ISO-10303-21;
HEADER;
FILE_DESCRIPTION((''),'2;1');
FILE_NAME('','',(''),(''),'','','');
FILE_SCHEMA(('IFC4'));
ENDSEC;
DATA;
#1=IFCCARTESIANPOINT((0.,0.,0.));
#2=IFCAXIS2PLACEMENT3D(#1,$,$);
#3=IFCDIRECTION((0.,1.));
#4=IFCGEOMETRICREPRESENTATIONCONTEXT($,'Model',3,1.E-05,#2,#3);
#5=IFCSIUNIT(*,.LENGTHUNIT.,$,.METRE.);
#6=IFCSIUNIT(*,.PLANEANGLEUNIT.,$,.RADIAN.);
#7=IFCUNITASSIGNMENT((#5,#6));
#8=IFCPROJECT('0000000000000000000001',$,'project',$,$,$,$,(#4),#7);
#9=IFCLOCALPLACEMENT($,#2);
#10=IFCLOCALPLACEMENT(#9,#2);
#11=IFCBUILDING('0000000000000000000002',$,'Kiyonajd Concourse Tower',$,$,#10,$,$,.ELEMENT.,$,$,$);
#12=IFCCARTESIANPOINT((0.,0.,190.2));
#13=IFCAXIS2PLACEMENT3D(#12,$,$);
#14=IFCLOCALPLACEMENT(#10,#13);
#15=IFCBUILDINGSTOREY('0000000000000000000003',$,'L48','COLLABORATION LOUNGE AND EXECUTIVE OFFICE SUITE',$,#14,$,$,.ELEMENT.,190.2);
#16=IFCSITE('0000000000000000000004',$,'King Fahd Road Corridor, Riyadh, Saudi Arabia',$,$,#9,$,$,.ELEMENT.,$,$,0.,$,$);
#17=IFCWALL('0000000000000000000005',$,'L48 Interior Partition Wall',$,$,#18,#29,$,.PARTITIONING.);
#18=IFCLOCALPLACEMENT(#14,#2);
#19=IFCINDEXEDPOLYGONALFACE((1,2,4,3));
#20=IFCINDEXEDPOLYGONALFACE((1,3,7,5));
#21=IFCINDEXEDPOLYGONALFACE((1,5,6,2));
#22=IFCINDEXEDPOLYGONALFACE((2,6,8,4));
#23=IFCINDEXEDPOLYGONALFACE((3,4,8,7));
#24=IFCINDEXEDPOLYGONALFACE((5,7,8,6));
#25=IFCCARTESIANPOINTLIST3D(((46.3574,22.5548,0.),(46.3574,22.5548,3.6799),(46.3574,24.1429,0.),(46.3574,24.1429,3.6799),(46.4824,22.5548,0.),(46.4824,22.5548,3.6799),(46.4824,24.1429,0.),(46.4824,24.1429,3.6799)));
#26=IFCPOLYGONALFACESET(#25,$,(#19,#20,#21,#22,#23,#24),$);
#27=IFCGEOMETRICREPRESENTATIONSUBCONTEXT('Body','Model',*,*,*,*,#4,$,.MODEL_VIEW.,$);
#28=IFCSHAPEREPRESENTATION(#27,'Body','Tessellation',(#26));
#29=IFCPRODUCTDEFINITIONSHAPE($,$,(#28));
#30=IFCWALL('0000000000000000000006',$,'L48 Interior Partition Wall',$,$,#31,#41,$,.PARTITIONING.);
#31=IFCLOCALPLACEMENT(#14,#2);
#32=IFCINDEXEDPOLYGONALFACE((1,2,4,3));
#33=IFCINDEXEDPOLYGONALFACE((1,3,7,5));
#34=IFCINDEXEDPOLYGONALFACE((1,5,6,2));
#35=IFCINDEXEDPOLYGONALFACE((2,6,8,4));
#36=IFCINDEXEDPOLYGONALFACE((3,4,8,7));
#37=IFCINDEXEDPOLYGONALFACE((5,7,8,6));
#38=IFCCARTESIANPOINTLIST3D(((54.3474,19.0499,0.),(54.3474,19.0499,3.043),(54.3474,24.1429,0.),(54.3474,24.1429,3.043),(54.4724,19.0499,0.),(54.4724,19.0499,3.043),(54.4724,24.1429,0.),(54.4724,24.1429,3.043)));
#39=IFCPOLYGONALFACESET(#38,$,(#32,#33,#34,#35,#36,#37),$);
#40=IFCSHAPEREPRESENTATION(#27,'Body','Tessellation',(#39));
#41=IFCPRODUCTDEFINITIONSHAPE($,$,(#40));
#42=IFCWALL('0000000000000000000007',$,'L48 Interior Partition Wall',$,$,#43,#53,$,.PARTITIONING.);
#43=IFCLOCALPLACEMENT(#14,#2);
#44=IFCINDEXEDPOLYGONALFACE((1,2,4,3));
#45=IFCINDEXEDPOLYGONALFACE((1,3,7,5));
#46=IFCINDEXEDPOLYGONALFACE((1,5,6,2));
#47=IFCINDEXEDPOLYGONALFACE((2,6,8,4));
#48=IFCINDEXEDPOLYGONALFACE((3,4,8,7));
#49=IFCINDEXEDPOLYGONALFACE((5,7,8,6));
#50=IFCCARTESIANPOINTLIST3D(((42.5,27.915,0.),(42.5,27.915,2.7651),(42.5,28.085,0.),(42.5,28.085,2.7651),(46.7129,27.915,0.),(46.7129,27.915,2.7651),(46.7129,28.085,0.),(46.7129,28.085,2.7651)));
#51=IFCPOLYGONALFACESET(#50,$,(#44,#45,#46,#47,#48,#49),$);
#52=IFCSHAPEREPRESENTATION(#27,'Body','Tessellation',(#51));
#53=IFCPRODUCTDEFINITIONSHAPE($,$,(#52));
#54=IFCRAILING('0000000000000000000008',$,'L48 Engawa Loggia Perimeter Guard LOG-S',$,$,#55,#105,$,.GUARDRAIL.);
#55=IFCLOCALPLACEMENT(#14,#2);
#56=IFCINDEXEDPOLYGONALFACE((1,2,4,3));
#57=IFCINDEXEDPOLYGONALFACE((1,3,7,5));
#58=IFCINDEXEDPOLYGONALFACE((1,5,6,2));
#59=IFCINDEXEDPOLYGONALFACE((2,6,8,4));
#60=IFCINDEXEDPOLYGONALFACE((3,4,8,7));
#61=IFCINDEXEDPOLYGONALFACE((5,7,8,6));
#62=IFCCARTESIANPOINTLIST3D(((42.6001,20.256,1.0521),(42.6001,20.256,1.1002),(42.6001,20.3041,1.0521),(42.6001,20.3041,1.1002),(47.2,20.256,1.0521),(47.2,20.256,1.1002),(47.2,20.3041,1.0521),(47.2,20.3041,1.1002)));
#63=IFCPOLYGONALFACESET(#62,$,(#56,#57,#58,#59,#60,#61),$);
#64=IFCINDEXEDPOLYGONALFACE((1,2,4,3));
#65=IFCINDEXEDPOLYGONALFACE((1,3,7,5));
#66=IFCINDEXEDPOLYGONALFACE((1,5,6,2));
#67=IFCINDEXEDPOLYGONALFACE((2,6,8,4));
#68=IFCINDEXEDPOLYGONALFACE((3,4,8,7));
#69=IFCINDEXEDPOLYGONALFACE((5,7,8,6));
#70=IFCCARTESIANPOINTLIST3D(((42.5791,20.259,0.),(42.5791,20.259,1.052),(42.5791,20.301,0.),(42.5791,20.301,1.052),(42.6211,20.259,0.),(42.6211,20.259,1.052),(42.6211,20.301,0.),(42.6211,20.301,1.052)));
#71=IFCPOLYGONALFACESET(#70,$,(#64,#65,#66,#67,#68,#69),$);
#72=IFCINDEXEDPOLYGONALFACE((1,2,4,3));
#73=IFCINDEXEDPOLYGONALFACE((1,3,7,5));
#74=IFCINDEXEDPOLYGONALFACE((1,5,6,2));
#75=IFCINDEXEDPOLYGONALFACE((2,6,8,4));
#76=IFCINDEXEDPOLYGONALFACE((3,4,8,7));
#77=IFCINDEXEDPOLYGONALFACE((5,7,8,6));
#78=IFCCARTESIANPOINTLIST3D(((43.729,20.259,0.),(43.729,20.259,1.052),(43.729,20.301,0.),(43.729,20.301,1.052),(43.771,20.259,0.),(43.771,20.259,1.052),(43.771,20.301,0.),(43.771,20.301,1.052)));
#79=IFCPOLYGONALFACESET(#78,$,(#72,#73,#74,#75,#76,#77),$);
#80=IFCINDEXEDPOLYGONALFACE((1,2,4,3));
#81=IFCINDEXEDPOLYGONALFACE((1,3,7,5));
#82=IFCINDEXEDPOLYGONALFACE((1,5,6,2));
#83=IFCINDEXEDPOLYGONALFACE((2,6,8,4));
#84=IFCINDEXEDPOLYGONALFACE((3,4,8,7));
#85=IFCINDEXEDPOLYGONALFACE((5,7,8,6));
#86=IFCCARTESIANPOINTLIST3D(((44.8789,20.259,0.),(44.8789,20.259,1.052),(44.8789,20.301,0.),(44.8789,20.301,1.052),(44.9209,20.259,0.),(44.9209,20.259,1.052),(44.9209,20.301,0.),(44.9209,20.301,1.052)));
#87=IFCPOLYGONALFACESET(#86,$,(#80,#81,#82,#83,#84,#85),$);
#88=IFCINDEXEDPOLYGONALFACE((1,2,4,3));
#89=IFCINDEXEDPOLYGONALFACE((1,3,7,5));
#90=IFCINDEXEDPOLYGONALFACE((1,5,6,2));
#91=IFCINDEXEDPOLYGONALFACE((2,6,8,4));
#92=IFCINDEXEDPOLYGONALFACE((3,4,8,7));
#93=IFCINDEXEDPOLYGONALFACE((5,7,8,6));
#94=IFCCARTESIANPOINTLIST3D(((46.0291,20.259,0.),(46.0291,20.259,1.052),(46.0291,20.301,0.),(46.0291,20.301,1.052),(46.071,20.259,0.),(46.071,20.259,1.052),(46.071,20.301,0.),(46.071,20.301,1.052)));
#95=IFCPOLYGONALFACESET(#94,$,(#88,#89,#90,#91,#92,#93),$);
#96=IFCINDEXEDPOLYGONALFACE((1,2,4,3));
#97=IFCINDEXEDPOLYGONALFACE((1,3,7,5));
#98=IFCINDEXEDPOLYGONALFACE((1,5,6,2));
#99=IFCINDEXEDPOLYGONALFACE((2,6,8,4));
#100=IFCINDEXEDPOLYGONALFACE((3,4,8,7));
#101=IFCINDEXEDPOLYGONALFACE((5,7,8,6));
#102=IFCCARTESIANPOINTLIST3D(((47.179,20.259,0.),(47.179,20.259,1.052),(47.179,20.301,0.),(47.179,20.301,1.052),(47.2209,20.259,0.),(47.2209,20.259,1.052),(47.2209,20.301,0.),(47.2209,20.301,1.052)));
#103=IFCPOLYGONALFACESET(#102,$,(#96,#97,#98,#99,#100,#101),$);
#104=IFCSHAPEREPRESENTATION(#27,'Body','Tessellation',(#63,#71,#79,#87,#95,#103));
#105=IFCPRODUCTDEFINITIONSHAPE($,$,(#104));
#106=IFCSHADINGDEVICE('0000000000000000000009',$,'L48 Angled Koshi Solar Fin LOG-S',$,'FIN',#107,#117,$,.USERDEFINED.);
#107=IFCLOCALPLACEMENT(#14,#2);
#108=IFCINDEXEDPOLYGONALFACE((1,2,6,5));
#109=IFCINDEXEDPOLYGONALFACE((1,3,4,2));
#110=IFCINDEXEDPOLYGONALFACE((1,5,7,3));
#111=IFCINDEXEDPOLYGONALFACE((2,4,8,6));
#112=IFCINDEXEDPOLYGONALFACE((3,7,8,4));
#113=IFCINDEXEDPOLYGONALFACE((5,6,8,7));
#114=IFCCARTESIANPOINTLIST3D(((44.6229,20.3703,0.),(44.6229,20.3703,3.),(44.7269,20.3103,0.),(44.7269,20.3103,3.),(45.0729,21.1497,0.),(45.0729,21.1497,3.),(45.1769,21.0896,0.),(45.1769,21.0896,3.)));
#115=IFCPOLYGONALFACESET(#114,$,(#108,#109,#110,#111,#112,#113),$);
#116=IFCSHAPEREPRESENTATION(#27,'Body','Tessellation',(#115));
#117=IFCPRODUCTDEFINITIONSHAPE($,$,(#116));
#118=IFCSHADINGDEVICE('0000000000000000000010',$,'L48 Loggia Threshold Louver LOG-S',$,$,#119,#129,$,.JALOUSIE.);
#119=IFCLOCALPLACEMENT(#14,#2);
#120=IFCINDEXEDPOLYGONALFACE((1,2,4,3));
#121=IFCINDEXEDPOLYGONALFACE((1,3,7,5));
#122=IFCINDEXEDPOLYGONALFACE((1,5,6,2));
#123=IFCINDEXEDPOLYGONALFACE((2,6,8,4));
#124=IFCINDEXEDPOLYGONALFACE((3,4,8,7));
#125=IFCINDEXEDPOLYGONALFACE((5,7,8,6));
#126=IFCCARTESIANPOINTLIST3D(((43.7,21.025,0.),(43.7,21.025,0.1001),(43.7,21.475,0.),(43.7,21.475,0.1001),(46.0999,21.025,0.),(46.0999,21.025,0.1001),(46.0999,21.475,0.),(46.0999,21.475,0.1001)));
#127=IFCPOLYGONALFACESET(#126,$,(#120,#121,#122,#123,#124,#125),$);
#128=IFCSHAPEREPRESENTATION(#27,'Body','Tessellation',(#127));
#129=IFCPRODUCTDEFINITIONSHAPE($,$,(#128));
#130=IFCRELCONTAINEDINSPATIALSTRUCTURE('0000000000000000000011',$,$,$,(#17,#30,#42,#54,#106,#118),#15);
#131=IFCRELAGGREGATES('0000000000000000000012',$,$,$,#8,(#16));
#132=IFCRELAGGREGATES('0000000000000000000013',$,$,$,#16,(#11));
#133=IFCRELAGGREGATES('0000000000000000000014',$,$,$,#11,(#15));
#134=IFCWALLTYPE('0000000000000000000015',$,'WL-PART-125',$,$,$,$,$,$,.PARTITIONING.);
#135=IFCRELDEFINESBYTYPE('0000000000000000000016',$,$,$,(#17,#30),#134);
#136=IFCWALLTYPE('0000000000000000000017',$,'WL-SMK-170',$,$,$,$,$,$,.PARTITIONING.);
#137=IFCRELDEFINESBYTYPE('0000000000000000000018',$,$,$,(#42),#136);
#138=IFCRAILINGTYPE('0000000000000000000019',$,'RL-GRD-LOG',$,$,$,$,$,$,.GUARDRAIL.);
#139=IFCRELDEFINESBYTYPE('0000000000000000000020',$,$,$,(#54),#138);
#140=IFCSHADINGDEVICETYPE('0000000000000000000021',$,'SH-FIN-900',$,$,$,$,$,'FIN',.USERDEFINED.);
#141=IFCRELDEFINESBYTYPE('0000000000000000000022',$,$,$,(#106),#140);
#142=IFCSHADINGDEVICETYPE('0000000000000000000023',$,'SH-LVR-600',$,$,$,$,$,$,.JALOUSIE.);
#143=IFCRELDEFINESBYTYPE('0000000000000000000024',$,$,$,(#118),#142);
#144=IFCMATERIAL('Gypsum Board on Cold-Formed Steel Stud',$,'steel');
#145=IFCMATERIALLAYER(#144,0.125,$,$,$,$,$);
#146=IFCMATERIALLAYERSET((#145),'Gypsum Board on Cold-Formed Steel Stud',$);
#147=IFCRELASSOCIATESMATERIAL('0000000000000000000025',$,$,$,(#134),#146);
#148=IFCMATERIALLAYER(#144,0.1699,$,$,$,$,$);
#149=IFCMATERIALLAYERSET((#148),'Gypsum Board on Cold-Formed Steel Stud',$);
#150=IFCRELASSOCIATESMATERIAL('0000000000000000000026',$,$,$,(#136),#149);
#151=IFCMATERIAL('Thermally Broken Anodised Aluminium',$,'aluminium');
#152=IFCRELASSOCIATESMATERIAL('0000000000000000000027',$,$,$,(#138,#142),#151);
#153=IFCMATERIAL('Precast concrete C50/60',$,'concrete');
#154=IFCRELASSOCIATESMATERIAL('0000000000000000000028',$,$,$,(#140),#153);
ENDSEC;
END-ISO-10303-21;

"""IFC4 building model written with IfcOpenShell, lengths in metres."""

from ifc_helpers import new_model, si_unit, direction, frame, frame_2d, origin, origin_2d, place, context, subcontext, project, spatial, rectangle, extrude, material, layer, layer_set, type_object, element, save


model = new_model("IFC4")

# Units and contexts
model_context = context("Model", 3, precision=1e-05, world=origin(), true_north=direction((0.0, 1.0)))
body_context = subcontext(model_context, "Body", "Model", "MODEL_VIEW")
ifc_project = project(units=[si_unit("LENGTHUNIT", "METRE"), si_unit("PLANEANGLEUNIT", "RADIAN")], contexts=[model_context])

# Site, building, storey
site_placement = place(None, origin())
site = spatial("IfcSite", under=ifc_project, at=site_placement, Name="King Fahd Road Corridor, Riyadh, Saudi Arabia", CompositionType="ELEMENT", RefElevation=0.0)
building_placement = place(site_placement, origin())
building = spatial("IfcBuilding", under=site, at=building_placement, Name="Kiyonajd Concourse Tower", CompositionType="ELEMENT")
storey_placement = place(building_placement, frame((0.0, 0.0, 190.2)))
storey = spatial("IfcBuildingStorey", under=building, at=storey_placement, Name="L48", Description="COLLABORATION LOUNGE AND EXECUTIVE OFFICE SUITE", CompositionType="ELEMENT", Elevation=190.2)

# Shared definitions
ifc_material_1 = material(Name="Thermally Broken Anodised Aluminium", Category="aluminium")

# Shared definitions
ifc_material_2 = material(Name="Precast concrete C50/60", Category="concrete")

# Walls
ifc_material_3 = material(Name="Gypsum Board on Cold-Formed Steel Stud", Category="steel")
ifc_layer_1 = layer(ifc_material_3, 0.125)
ifc_layer_set_1 = layer_set([ifc_layer_1], Name="Gypsum Board on Cold-Formed Steel Stud")
wall_type_1 = type_object("IfcWallType", Name="WL-PART-125", PredefinedType="PARTITIONING", material=ifc_layer_set_1)
wall_1_placement = place(storey_placement, frame((46.4199, 22.5549, 0.0), z_axis=(0.0, 0.0, 1.0), x_axis=(0.0, 1.0, 0.0)))
element("IfcWall", 1, at=wall_1_placement, inside=storey, type_object=wall_type_1, Name="L48 Interior Partition Wall", PredefinedType="PARTITIONING", context=body_context, shape_type="SweptSolid", body=[
    extrude(rectangle(XDim=1.5881, YDim=0.125, at=frame_2d((0.7939, 0.0))), origin(), (0.0, 0.0, 1.0), 3.6799),
])
wall_2_placement = place(storey_placement, frame((54.4099, 19.05, 0.0), z_axis=(0.0, 0.0, 1.0), x_axis=(0.0, 1.0, 0.0)))
element("IfcWall", 2, at=wall_2_placement, inside=storey, type_object=wall_type_1, Name="L48 Interior Partition Wall", PredefinedType="PARTITIONING", context=body_context, shape_type="SweptSolid", body=[
    extrude(rectangle(XDim=5.093, YDim=0.125, at=frame_2d((2.5464, 0.0))), origin(), (0.0, 0.0, 1.0), 3.043),
])
ifc_layer_2 = layer(ifc_material_3, 0.1699)
ifc_layer_set_2 = layer_set([ifc_layer_2], Name="Gypsum Board on Cold-Formed Steel Stud")
wall_type_2 = type_object("IfcWallType", Name="WL-SMK-170", PredefinedType="PARTITIONING", material=ifc_layer_set_2)
wall_3_placement = place(storey_placement, frame((42.5, 28.0, 0.0), z_axis=(0.0, 0.0, 1.0), x_axis=(1.0, 0.0, 0.0)))
element("IfcWall", 3, at=wall_3_placement, inside=storey, type_object=wall_type_2, Name="L48 Interior Partition Wall", PredefinedType="PARTITIONING", context=body_context, shape_type="SweptSolid", body=[
    extrude(rectangle(XDim=4.2129, YDim=0.1699, at=frame_2d((2.1064, 0.0))), origin(), (0.0, 0.0, 1.0), 2.7651),
])

# Railing
railing_type = type_object("IfcRailingType", Name="RL-GRD-LOG", PredefinedType="GUARDRAIL", material=ifc_material_1)
railing_placement = place(storey_placement, frame((42.6001, 20.28, 0.0)))
element("IfcRailing", 4, at=railing_placement, inside=storey, type_object=railing_type, Name="L48 Engawa Loggia Perimeter Guard LOG-S", PredefinedType="GUARDRAIL", context=body_context, shape_type="SweptSolid", body=[
    extrude(rectangle(XDim=0.0481, YDim=0.0481, at=origin_2d()), frame((0.0, 0.0, 1.0762), z_axis=(1.0, 0.0, 0.0), x_axis=(0.0, 1.0, 0.0)), (0.0, 0.0, 1.0), 4.5999),
    extrude(rectangle(XDim=0.042, YDim=0.042, at=origin_2d()), origin(), (0.0, 0.0, 1.0), 1.052),
    extrude(rectangle(XDim=0.042, YDim=0.042, at=origin_2d()), frame((1.1499, 0.0, 0.0)), (0.0, 0.0, 1.0), 1.052),
    extrude(rectangle(XDim=0.042, YDim=0.042, at=origin_2d()), frame((2.2998, 0.0, 0.0)), (0.0, 0.0, 1.0), 1.052),
    extrude(rectangle(XDim=0.042, YDim=0.042, at=origin_2d()), frame((3.45, 0.0, 0.0)), (0.0, 0.0, 1.0), 1.052),
    extrude(rectangle(XDim=0.042, YDim=0.042, at=origin_2d()), frame((4.5999, 0.0, 0.0)), (0.0, 0.0, 1.0), 1.052),
])

# Shading devices
shading_device_type_1 = type_object("IfcShadingDeviceType", Name="SH-FIN-900", ElementType="FIN", PredefinedType="USERDEFINED", material=ifc_material_2)
shading_device_1_placement = place(storey_placement, frame((44.8999, 20.73, 0.0), z_axis=(0.0, 0.0, 1.0), x_axis=(0.5, 0.866025, 0.0)))
element("IfcShadingDevice", 5, at=shading_device_1_placement, inside=storey, type_object=shading_device_type_1, Name="L48 Angled Koshi Solar Fin LOG-S", ObjectType="FIN", PredefinedType="USERDEFINED", context=body_context, shape_type="SweptSolid", body=[
    extrude(rectangle(XDim=0.8999, YDim=0.1201, at=origin_2d()), origin(), (0.0, 0.0, 1.0), 3.0),
])
shading_device_type_2 = type_object("IfcShadingDeviceType", Name="SH-LVR-600", PredefinedType="JALOUSIE", material=ifc_material_1)
shading_device_2_placement = place(storey_placement, frame((44.8999, 21.25, 0.0), z_axis=(0.0, 0.0, 1.0), x_axis=(1.0, 0.0, 0.0)))
element("IfcShadingDevice", 6, at=shading_device_2_placement, inside=storey, type_object=shading_device_type_2, Name="L48 Loggia Threshold Louver LOG-S", PredefinedType="JALOUSIE", context=body_context, shape_type="SweptSolid", body=[
    extrude(rectangle(XDim=2.3999, YDim=0.45, at=origin_2d()), origin(), (0.0, 0.0, 1.0), 0.1001),
])

save(model, "model.ifc")
